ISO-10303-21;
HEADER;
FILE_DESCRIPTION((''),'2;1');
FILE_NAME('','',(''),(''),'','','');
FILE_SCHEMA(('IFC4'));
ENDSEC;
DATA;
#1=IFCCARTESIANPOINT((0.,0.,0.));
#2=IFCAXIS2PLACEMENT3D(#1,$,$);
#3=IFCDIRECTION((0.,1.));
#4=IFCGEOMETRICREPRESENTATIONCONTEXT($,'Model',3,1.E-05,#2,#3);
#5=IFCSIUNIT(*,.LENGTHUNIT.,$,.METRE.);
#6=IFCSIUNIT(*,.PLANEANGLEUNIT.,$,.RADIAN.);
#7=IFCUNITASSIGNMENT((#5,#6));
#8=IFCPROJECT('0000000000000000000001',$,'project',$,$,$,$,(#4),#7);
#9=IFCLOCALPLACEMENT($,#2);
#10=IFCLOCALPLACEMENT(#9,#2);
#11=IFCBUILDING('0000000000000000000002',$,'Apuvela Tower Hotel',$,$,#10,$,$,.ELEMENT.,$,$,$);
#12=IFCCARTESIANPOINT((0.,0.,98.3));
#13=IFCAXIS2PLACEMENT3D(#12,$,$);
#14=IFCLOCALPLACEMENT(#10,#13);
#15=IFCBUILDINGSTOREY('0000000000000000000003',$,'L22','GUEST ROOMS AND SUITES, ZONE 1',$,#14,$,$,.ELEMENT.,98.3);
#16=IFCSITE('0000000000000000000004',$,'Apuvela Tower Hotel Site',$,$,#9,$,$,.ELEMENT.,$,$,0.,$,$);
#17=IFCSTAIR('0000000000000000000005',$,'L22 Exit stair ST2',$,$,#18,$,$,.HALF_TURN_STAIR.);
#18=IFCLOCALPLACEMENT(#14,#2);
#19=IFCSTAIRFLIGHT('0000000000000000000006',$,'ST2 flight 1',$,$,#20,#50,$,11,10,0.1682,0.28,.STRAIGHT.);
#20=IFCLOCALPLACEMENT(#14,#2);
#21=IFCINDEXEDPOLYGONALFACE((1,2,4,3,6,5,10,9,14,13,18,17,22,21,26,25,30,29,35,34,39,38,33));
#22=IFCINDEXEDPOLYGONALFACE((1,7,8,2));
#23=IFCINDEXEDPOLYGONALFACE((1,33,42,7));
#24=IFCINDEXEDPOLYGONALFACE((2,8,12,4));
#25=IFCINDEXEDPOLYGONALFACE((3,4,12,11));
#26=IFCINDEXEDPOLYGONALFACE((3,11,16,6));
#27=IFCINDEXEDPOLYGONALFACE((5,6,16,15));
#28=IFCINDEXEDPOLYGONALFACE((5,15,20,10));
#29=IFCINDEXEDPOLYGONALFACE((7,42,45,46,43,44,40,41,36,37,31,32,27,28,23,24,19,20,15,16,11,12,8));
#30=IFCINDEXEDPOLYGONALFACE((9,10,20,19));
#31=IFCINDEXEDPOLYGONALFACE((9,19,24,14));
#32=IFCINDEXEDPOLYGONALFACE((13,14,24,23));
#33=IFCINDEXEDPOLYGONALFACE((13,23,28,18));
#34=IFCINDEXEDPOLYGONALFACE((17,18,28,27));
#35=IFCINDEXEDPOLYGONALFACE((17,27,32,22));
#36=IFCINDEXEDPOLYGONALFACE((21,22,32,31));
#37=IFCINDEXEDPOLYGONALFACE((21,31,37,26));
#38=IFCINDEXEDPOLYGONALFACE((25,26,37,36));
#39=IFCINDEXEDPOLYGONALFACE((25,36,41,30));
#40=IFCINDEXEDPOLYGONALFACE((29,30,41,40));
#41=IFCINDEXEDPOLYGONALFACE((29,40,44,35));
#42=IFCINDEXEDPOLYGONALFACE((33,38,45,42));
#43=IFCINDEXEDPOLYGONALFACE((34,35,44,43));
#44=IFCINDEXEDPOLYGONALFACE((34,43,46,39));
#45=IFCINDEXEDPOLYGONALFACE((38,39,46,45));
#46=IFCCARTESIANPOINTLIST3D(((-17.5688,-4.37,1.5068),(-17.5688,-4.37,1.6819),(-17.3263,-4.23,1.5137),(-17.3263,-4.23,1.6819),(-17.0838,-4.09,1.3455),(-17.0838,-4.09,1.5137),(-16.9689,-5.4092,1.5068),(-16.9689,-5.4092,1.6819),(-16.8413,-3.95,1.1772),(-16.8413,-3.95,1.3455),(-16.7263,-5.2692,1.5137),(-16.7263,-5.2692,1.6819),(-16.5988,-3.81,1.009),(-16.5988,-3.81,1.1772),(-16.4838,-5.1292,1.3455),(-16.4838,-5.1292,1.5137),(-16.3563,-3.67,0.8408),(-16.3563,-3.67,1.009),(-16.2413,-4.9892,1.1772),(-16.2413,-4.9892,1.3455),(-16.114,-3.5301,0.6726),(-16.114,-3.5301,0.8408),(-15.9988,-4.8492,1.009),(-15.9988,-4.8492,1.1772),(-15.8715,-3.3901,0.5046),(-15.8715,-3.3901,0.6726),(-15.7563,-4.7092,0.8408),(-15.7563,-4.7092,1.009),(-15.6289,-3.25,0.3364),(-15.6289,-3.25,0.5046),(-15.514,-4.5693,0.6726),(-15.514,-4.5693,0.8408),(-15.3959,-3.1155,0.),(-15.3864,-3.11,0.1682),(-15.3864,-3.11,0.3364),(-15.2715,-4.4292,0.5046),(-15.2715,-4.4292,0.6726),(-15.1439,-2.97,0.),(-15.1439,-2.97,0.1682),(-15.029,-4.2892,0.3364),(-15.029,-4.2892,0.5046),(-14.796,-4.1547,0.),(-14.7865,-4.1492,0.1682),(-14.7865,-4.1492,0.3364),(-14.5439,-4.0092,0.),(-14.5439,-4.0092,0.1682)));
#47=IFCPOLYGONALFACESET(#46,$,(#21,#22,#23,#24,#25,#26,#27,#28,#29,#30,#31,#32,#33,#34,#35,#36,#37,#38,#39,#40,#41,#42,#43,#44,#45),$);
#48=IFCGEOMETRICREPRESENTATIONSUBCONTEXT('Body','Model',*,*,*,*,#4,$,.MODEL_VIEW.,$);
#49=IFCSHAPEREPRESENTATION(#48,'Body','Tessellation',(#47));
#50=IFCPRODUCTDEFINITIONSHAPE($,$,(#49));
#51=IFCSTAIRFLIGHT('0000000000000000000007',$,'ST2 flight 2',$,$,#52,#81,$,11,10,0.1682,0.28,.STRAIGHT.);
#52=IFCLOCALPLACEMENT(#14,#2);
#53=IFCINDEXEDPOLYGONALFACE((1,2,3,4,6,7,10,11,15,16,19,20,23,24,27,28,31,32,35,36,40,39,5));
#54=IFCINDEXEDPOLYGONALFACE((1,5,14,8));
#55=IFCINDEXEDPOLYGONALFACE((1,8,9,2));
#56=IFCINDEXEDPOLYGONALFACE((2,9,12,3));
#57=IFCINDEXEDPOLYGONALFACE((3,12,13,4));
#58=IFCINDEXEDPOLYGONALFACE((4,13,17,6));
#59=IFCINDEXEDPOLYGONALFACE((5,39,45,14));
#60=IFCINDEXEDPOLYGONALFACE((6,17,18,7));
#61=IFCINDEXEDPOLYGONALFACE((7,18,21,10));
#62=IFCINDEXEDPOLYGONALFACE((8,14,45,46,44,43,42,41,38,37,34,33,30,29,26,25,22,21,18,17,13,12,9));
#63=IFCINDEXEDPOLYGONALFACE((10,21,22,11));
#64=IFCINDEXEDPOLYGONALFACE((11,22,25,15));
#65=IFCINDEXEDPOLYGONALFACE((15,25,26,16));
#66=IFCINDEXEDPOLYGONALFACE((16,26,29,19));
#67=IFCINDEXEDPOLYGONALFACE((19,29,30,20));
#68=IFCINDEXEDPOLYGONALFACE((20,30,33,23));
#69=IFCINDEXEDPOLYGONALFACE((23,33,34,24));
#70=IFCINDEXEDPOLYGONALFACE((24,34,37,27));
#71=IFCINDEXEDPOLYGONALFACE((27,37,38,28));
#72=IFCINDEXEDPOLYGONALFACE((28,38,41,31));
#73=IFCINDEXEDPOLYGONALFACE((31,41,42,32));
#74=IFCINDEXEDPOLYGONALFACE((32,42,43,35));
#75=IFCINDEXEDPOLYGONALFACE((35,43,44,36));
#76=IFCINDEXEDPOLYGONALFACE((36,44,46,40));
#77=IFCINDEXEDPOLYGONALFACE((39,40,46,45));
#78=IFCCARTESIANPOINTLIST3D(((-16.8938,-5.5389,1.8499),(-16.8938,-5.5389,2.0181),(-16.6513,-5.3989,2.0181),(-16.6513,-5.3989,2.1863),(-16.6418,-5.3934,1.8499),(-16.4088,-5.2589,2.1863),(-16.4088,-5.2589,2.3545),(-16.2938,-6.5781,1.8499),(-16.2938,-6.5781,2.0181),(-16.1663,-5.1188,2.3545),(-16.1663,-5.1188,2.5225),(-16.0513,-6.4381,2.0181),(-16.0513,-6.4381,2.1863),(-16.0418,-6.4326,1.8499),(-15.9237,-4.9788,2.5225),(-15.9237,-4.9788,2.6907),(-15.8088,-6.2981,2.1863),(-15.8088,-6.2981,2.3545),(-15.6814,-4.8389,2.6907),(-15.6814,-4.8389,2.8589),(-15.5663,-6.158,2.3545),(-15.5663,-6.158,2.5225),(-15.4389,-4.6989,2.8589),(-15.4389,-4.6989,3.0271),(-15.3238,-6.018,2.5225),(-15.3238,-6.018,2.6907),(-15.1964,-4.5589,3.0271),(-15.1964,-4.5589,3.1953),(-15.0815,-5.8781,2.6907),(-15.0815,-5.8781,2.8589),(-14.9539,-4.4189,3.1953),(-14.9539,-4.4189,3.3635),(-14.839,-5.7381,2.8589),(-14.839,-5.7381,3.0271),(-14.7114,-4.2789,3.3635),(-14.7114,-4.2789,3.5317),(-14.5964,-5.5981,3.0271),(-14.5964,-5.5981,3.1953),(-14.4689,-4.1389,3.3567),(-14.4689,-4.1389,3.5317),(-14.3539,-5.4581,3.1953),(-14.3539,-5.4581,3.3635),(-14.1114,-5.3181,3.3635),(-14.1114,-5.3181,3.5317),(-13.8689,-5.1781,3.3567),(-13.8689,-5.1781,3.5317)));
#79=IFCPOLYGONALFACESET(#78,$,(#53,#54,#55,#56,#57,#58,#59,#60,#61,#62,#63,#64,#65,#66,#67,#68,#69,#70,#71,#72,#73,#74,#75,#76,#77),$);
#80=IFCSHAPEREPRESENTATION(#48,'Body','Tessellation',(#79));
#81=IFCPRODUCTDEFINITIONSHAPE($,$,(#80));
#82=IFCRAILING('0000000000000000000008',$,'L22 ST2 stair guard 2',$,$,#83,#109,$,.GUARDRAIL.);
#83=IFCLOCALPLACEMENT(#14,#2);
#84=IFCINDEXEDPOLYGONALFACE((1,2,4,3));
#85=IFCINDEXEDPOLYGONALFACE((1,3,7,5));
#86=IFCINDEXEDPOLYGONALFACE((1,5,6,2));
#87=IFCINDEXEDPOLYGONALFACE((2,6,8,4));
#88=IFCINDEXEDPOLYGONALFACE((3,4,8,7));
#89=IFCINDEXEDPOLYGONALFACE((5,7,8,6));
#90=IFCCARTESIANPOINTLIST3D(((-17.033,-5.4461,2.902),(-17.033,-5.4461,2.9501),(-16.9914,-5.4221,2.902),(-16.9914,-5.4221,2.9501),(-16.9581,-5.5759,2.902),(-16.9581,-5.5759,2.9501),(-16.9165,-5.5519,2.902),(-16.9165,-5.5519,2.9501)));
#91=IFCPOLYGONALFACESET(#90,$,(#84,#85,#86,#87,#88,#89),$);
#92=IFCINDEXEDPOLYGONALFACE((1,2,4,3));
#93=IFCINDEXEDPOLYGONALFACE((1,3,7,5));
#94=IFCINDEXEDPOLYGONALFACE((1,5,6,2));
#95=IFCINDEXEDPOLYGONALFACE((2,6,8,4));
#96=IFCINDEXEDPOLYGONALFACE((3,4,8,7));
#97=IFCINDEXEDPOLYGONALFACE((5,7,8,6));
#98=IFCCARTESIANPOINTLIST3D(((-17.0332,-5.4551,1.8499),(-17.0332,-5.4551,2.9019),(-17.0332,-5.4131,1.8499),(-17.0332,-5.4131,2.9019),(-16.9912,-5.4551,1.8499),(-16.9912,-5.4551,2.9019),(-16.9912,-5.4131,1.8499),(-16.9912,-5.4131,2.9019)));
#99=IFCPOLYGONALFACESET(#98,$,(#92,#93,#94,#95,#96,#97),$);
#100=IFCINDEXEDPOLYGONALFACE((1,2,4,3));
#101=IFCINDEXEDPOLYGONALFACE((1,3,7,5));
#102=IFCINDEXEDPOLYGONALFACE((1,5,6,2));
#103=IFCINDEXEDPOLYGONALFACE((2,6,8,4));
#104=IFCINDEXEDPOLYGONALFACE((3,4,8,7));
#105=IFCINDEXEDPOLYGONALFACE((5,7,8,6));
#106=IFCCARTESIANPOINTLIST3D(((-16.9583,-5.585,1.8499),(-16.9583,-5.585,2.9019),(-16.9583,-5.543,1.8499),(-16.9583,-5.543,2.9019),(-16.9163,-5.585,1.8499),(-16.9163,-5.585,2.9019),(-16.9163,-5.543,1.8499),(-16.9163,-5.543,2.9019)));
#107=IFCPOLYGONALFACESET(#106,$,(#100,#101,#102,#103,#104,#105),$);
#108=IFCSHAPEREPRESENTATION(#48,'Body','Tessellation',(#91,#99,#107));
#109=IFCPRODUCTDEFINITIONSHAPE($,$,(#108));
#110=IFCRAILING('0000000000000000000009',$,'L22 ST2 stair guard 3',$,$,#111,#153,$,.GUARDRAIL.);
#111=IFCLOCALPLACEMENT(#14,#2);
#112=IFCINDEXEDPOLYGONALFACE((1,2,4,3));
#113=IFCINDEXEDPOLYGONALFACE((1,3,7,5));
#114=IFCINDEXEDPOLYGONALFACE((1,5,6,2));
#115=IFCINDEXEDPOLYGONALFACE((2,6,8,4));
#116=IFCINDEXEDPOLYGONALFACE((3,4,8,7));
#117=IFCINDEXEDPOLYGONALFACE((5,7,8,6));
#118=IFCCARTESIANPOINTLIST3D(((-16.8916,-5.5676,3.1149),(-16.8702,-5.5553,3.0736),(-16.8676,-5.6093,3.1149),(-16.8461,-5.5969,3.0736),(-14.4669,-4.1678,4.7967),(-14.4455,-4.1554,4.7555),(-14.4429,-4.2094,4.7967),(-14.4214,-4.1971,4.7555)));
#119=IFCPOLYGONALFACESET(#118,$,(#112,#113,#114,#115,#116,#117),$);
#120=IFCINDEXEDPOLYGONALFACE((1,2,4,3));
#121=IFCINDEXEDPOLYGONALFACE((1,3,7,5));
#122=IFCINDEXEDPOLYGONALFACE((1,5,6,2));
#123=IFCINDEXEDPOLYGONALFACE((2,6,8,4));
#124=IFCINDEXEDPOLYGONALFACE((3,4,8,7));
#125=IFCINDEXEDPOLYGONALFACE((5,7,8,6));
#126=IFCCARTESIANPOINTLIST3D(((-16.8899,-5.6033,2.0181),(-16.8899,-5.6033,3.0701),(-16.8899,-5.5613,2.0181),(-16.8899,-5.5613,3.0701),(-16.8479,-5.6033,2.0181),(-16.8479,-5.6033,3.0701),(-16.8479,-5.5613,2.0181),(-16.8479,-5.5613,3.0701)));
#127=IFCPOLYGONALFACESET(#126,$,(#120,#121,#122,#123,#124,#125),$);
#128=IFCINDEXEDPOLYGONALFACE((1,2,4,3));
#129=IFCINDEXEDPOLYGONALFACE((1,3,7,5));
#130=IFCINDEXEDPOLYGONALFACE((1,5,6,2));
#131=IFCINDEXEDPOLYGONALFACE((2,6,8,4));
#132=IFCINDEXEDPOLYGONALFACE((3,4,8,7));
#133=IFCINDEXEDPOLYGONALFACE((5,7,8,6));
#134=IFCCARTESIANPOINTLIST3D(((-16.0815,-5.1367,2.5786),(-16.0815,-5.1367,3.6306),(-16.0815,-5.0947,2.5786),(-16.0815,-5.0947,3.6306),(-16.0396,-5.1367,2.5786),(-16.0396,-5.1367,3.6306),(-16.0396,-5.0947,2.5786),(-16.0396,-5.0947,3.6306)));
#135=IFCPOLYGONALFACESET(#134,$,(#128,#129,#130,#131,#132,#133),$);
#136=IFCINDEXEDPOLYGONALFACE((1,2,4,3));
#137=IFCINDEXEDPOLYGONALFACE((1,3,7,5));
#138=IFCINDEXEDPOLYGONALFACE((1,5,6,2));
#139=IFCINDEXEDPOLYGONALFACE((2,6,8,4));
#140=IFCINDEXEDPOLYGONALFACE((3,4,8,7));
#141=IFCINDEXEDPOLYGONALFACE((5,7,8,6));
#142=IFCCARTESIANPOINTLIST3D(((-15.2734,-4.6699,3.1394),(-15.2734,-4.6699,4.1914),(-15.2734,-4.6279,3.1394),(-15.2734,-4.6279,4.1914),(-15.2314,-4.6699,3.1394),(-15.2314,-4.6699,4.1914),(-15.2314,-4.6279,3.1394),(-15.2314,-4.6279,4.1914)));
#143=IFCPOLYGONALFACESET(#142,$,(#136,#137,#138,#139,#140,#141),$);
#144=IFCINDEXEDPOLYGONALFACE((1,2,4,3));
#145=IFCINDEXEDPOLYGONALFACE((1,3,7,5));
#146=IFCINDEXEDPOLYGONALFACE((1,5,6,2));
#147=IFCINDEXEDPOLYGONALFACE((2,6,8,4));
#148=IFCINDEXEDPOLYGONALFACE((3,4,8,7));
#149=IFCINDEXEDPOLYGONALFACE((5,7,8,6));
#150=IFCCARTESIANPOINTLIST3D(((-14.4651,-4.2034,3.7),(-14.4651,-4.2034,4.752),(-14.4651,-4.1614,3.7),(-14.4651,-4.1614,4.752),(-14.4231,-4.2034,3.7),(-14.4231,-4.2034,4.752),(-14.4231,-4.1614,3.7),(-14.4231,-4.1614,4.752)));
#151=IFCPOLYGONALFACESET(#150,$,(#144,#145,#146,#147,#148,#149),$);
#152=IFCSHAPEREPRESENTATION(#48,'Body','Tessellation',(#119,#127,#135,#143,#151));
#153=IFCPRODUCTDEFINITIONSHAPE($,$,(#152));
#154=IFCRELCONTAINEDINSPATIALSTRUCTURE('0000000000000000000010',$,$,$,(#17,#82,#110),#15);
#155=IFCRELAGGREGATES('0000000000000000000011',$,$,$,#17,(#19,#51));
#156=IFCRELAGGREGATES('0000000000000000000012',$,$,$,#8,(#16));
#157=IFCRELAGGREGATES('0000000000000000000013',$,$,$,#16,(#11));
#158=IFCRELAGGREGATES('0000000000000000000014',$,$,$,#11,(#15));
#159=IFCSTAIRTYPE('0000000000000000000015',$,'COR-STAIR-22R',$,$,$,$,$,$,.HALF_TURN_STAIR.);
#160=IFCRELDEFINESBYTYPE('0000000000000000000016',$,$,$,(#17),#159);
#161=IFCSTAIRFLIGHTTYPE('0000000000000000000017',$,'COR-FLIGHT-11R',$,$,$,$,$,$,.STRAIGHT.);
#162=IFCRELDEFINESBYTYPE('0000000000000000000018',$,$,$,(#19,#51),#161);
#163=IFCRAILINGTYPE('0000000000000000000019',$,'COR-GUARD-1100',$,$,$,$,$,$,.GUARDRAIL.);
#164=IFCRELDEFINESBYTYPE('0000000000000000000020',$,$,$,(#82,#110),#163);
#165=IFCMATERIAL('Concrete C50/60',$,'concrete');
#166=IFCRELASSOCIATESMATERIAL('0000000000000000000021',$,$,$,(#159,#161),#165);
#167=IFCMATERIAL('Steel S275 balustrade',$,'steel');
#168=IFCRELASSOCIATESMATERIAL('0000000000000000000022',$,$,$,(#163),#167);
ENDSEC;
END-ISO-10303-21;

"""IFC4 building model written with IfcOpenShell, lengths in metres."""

from ifc_helpers import new_model, si_unit, direction, frame, origin, origin_2d, place, context, subcontext, project, spatial, polyline, rectangle, outline, extrude, material, type_object, element, aggregate, save


model = new_model("IFC4")

# Units and contexts
model_context = context("Model", 3, precision=1e-05, world=origin(), true_north=direction((0.0, 1.0)))
body_context = subcontext(model_context, "Body", "Model", "MODEL_VIEW")
ifc_project = project(units=[si_unit("LENGTHUNIT", "METRE"), si_unit("PLANEANGLEUNIT", "RADIAN")], contexts=[model_context])

# Site, building, storey
site_placement = place(None, origin())
site = spatial("IfcSite", under=ifc_project, at=site_placement, Name="Apuvela Tower Hotel Site", CompositionType="ELEMENT", RefElevation=0.0)
building_placement = place(site_placement, origin())
building = spatial("IfcBuilding", under=site, at=building_placement, Name="Apuvela Tower Hotel", CompositionType="ELEMENT")
storey_placement = place(building_placement, frame((0.0, 0.0, 98.3)))
storey = spatial("IfcBuildingStorey", under=building, at=storey_placement, Name="L22", Description="GUEST ROOMS AND SUITES, ZONE 1", CompositionType="ELEMENT", Elevation=98.3)

# Shared definitions
ifc_material_1 = material(Name="Concrete C50/60", Category="concrete")

# Stair, stair flights
stair_type = type_object("IfcStairType", Name="COR-STAIR-22R", PredefinedType="HALF_TURN_STAIR", material=ifc_material_1)
stair_placement = place(storey_placement, origin())
stair = element("IfcStair", 1, at=stair_placement, inside=storey, type_object=stair_type, Name="L22 Exit stair ST2", PredefinedType="HALF_TURN_STAIR")
stair_flight_type = type_object("IfcStairFlightType", Name="COR-FLIGHT-11R", PredefinedType="STRAIGHT", material=ifc_material_1)
stair_flight_1_placement = place(storey_placement, frame((-14.844, -3.4895, 0.0), z_axis=(0.0, 0.0, 1.0), x_axis=(-0.866025, -0.5, 0.0)))
stair_flight_1 = element("IfcStairFlight", 2, at=stair_flight_1_placement, type_object=stair_flight_type, Name="ST2 flight 1", NumberOfRisers=11, NumberOfTreads=10, PredefinedType="STRAIGHT", RiserHeight=0.1682, TreadLength=0.28, context=body_context, shape_type="SweptSolid", body=[
    extrude(outline(polyline([(0.0, 0.0), (0.0, 0.1682), (0.28, 0.1682), (0.28, 0.3364), (0.5601, 0.3364), (0.5601, 0.5046), (0.8401, 0.5046), (0.8401, 0.6726), (1.1201, 0.6726), (1.1201, 0.8408), (1.3999, 0.8408), (1.3999, 1.009), (1.6799, 1.009), (1.6799, 1.1772), (1.96, 1.1772), (1.96, 1.3455), (2.24, 1.3455), (2.24, 1.5137), (2.52, 1.5137), (2.52, 1.6819), (2.8, 1.6819), (2.8, 1.8501), (2.8, 1.5068), (0.291, 0.0), (0.0, 0.0)])), frame((0.0, 0.6001, 0.0), z_axis=(0.0, -1.0, 0.0), x_axis=(1.0, 0.0, 0.0)), (0.0, 0.0, 1.0), 1.2),
])
stair_flight_2_placement = place(storey_placement, frame((-16.5938, -6.0586, 1.8499), z_axis=(0.0, 0.0, 1.0), x_axis=(0.866025, 0.5, 0.0)))
stair_flight_2 = element("IfcStairFlight", 3, at=stair_flight_2_placement, type_object=stair_flight_type, Name="ST2 flight 2", NumberOfRisers=11, NumberOfTreads=10, PredefinedType="STRAIGHT", RiserHeight=0.1682, TreadLength=0.28, context=body_context, shape_type="SweptSolid", body=[
    extrude(outline(polyline([(0.0, 0.0), (0.0, 0.1682), (0.28, 0.1682), (0.28, 0.3364), (0.5601, 0.3364), (0.5601, 0.5046), (0.8401, 0.5046), (0.8401, 0.6726), (1.1201, 0.6726), (1.1201, 0.8408), (1.3999, 0.8408), (1.3999, 1.009), (1.6799, 1.009), (1.6799, 1.1772), (1.96, 1.1772), (1.96, 1.3455), (2.24, 1.3455), (2.24, 1.5137), (2.52, 1.5137), (2.52, 1.6819), (2.8, 1.6819), (2.8, 1.8501), (2.8, 1.5068), (0.291, 0.0), (0.0, 0.0)])), frame((0.0, 0.6001, 0.0), z_axis=(0.0, -1.0, 0.0), x_axis=(1.0, 0.0, 0.0)), (0.0, 0.0, 1.0), 1.2),
])
aggregate(stair, [stair_flight_1, stair_flight_2])

# Railings
ifc_material_2 = material(Name="Steel S275 balustrade", Category="steel")
railing_type_1 = type_object("IfcRailingType", Name="COR-GUARD-1100", PredefinedType="GUARDRAIL", material=ifc_material_2)
railing_1_placement = place(storey_placement, frame((-17.0122, -5.4341, 1.8499)))
element("IfcRailing", 4, at=railing_1_placement, inside=storey, type_object=railing_type_1, Name="L22 ST2 stair guard 2", PredefinedType="GUARDRAIL", context=body_context, shape_type="SweptSolid", body=[
    extrude(rectangle(XDim=0.0481, YDim=0.0481, at=origin_2d()), frame((0.0, 0.0, 1.0762), z_axis=(0.499816, -0.866131, 0.0), x_axis=(0.866131, 0.499816, 0.0)), (0.0, 0.0, 1.0), 0.1499),
    extrude(rectangle(XDim=0.042, YDim=0.042, at=origin_2d()), origin(), (0.0, 0.0, 1.0), 1.052),
    extrude(rectangle(XDim=0.042, YDim=0.042, at=origin_2d()), frame((0.075, -0.1299, 0.0)), (0.0, 0.0, 1.0), 1.052),
])
railing_2_placement = place(storey_placement, frame((-16.8689, -5.5823, 2.0181)))
element("IfcRailing", 5, at=railing_2_placement, inside=storey, type_object=railing_type_1, Name="L22 ST2 stair guard 3", PredefinedType="GUARDRAIL", context=body_context, shape_type="SweptSolid", body=[
    extrude(rectangle(XDim=0.0481, YDim=0.0481, at=origin_2d()), frame((0.0, 0.0, 1.0762), z_axis=(0.74239, 0.428601, 0.514934), x_axis=(-0.499984, 0.866035, 0.0)), (0.0, 0.0, 1.0), 3.2661),
    extrude(rectangle(XDim=0.042, YDim=0.042, at=origin_2d()), origin(), (0.0, 0.0, 1.0), 1.052),
    extrude(rectangle(XDim=0.042, YDim=0.042, at=origin_2d()), frame((0.8083, 0.4666, 0.5605)), (0.0, 0.0, 1.0), 1.052),
    extrude(rectangle(XDim=0.042, YDim=0.042, at=origin_2d()), frame((1.6165, 0.9333, 1.1213)), (0.0, 0.0, 1.0), 1.052),
    extrude(rectangle(XDim=0.042, YDim=0.042, at=origin_2d()), frame((2.4248, 1.3999, 1.6819)), (0.0, 0.0, 1.0), 1.052),
])

save(model, "model.ifc")
